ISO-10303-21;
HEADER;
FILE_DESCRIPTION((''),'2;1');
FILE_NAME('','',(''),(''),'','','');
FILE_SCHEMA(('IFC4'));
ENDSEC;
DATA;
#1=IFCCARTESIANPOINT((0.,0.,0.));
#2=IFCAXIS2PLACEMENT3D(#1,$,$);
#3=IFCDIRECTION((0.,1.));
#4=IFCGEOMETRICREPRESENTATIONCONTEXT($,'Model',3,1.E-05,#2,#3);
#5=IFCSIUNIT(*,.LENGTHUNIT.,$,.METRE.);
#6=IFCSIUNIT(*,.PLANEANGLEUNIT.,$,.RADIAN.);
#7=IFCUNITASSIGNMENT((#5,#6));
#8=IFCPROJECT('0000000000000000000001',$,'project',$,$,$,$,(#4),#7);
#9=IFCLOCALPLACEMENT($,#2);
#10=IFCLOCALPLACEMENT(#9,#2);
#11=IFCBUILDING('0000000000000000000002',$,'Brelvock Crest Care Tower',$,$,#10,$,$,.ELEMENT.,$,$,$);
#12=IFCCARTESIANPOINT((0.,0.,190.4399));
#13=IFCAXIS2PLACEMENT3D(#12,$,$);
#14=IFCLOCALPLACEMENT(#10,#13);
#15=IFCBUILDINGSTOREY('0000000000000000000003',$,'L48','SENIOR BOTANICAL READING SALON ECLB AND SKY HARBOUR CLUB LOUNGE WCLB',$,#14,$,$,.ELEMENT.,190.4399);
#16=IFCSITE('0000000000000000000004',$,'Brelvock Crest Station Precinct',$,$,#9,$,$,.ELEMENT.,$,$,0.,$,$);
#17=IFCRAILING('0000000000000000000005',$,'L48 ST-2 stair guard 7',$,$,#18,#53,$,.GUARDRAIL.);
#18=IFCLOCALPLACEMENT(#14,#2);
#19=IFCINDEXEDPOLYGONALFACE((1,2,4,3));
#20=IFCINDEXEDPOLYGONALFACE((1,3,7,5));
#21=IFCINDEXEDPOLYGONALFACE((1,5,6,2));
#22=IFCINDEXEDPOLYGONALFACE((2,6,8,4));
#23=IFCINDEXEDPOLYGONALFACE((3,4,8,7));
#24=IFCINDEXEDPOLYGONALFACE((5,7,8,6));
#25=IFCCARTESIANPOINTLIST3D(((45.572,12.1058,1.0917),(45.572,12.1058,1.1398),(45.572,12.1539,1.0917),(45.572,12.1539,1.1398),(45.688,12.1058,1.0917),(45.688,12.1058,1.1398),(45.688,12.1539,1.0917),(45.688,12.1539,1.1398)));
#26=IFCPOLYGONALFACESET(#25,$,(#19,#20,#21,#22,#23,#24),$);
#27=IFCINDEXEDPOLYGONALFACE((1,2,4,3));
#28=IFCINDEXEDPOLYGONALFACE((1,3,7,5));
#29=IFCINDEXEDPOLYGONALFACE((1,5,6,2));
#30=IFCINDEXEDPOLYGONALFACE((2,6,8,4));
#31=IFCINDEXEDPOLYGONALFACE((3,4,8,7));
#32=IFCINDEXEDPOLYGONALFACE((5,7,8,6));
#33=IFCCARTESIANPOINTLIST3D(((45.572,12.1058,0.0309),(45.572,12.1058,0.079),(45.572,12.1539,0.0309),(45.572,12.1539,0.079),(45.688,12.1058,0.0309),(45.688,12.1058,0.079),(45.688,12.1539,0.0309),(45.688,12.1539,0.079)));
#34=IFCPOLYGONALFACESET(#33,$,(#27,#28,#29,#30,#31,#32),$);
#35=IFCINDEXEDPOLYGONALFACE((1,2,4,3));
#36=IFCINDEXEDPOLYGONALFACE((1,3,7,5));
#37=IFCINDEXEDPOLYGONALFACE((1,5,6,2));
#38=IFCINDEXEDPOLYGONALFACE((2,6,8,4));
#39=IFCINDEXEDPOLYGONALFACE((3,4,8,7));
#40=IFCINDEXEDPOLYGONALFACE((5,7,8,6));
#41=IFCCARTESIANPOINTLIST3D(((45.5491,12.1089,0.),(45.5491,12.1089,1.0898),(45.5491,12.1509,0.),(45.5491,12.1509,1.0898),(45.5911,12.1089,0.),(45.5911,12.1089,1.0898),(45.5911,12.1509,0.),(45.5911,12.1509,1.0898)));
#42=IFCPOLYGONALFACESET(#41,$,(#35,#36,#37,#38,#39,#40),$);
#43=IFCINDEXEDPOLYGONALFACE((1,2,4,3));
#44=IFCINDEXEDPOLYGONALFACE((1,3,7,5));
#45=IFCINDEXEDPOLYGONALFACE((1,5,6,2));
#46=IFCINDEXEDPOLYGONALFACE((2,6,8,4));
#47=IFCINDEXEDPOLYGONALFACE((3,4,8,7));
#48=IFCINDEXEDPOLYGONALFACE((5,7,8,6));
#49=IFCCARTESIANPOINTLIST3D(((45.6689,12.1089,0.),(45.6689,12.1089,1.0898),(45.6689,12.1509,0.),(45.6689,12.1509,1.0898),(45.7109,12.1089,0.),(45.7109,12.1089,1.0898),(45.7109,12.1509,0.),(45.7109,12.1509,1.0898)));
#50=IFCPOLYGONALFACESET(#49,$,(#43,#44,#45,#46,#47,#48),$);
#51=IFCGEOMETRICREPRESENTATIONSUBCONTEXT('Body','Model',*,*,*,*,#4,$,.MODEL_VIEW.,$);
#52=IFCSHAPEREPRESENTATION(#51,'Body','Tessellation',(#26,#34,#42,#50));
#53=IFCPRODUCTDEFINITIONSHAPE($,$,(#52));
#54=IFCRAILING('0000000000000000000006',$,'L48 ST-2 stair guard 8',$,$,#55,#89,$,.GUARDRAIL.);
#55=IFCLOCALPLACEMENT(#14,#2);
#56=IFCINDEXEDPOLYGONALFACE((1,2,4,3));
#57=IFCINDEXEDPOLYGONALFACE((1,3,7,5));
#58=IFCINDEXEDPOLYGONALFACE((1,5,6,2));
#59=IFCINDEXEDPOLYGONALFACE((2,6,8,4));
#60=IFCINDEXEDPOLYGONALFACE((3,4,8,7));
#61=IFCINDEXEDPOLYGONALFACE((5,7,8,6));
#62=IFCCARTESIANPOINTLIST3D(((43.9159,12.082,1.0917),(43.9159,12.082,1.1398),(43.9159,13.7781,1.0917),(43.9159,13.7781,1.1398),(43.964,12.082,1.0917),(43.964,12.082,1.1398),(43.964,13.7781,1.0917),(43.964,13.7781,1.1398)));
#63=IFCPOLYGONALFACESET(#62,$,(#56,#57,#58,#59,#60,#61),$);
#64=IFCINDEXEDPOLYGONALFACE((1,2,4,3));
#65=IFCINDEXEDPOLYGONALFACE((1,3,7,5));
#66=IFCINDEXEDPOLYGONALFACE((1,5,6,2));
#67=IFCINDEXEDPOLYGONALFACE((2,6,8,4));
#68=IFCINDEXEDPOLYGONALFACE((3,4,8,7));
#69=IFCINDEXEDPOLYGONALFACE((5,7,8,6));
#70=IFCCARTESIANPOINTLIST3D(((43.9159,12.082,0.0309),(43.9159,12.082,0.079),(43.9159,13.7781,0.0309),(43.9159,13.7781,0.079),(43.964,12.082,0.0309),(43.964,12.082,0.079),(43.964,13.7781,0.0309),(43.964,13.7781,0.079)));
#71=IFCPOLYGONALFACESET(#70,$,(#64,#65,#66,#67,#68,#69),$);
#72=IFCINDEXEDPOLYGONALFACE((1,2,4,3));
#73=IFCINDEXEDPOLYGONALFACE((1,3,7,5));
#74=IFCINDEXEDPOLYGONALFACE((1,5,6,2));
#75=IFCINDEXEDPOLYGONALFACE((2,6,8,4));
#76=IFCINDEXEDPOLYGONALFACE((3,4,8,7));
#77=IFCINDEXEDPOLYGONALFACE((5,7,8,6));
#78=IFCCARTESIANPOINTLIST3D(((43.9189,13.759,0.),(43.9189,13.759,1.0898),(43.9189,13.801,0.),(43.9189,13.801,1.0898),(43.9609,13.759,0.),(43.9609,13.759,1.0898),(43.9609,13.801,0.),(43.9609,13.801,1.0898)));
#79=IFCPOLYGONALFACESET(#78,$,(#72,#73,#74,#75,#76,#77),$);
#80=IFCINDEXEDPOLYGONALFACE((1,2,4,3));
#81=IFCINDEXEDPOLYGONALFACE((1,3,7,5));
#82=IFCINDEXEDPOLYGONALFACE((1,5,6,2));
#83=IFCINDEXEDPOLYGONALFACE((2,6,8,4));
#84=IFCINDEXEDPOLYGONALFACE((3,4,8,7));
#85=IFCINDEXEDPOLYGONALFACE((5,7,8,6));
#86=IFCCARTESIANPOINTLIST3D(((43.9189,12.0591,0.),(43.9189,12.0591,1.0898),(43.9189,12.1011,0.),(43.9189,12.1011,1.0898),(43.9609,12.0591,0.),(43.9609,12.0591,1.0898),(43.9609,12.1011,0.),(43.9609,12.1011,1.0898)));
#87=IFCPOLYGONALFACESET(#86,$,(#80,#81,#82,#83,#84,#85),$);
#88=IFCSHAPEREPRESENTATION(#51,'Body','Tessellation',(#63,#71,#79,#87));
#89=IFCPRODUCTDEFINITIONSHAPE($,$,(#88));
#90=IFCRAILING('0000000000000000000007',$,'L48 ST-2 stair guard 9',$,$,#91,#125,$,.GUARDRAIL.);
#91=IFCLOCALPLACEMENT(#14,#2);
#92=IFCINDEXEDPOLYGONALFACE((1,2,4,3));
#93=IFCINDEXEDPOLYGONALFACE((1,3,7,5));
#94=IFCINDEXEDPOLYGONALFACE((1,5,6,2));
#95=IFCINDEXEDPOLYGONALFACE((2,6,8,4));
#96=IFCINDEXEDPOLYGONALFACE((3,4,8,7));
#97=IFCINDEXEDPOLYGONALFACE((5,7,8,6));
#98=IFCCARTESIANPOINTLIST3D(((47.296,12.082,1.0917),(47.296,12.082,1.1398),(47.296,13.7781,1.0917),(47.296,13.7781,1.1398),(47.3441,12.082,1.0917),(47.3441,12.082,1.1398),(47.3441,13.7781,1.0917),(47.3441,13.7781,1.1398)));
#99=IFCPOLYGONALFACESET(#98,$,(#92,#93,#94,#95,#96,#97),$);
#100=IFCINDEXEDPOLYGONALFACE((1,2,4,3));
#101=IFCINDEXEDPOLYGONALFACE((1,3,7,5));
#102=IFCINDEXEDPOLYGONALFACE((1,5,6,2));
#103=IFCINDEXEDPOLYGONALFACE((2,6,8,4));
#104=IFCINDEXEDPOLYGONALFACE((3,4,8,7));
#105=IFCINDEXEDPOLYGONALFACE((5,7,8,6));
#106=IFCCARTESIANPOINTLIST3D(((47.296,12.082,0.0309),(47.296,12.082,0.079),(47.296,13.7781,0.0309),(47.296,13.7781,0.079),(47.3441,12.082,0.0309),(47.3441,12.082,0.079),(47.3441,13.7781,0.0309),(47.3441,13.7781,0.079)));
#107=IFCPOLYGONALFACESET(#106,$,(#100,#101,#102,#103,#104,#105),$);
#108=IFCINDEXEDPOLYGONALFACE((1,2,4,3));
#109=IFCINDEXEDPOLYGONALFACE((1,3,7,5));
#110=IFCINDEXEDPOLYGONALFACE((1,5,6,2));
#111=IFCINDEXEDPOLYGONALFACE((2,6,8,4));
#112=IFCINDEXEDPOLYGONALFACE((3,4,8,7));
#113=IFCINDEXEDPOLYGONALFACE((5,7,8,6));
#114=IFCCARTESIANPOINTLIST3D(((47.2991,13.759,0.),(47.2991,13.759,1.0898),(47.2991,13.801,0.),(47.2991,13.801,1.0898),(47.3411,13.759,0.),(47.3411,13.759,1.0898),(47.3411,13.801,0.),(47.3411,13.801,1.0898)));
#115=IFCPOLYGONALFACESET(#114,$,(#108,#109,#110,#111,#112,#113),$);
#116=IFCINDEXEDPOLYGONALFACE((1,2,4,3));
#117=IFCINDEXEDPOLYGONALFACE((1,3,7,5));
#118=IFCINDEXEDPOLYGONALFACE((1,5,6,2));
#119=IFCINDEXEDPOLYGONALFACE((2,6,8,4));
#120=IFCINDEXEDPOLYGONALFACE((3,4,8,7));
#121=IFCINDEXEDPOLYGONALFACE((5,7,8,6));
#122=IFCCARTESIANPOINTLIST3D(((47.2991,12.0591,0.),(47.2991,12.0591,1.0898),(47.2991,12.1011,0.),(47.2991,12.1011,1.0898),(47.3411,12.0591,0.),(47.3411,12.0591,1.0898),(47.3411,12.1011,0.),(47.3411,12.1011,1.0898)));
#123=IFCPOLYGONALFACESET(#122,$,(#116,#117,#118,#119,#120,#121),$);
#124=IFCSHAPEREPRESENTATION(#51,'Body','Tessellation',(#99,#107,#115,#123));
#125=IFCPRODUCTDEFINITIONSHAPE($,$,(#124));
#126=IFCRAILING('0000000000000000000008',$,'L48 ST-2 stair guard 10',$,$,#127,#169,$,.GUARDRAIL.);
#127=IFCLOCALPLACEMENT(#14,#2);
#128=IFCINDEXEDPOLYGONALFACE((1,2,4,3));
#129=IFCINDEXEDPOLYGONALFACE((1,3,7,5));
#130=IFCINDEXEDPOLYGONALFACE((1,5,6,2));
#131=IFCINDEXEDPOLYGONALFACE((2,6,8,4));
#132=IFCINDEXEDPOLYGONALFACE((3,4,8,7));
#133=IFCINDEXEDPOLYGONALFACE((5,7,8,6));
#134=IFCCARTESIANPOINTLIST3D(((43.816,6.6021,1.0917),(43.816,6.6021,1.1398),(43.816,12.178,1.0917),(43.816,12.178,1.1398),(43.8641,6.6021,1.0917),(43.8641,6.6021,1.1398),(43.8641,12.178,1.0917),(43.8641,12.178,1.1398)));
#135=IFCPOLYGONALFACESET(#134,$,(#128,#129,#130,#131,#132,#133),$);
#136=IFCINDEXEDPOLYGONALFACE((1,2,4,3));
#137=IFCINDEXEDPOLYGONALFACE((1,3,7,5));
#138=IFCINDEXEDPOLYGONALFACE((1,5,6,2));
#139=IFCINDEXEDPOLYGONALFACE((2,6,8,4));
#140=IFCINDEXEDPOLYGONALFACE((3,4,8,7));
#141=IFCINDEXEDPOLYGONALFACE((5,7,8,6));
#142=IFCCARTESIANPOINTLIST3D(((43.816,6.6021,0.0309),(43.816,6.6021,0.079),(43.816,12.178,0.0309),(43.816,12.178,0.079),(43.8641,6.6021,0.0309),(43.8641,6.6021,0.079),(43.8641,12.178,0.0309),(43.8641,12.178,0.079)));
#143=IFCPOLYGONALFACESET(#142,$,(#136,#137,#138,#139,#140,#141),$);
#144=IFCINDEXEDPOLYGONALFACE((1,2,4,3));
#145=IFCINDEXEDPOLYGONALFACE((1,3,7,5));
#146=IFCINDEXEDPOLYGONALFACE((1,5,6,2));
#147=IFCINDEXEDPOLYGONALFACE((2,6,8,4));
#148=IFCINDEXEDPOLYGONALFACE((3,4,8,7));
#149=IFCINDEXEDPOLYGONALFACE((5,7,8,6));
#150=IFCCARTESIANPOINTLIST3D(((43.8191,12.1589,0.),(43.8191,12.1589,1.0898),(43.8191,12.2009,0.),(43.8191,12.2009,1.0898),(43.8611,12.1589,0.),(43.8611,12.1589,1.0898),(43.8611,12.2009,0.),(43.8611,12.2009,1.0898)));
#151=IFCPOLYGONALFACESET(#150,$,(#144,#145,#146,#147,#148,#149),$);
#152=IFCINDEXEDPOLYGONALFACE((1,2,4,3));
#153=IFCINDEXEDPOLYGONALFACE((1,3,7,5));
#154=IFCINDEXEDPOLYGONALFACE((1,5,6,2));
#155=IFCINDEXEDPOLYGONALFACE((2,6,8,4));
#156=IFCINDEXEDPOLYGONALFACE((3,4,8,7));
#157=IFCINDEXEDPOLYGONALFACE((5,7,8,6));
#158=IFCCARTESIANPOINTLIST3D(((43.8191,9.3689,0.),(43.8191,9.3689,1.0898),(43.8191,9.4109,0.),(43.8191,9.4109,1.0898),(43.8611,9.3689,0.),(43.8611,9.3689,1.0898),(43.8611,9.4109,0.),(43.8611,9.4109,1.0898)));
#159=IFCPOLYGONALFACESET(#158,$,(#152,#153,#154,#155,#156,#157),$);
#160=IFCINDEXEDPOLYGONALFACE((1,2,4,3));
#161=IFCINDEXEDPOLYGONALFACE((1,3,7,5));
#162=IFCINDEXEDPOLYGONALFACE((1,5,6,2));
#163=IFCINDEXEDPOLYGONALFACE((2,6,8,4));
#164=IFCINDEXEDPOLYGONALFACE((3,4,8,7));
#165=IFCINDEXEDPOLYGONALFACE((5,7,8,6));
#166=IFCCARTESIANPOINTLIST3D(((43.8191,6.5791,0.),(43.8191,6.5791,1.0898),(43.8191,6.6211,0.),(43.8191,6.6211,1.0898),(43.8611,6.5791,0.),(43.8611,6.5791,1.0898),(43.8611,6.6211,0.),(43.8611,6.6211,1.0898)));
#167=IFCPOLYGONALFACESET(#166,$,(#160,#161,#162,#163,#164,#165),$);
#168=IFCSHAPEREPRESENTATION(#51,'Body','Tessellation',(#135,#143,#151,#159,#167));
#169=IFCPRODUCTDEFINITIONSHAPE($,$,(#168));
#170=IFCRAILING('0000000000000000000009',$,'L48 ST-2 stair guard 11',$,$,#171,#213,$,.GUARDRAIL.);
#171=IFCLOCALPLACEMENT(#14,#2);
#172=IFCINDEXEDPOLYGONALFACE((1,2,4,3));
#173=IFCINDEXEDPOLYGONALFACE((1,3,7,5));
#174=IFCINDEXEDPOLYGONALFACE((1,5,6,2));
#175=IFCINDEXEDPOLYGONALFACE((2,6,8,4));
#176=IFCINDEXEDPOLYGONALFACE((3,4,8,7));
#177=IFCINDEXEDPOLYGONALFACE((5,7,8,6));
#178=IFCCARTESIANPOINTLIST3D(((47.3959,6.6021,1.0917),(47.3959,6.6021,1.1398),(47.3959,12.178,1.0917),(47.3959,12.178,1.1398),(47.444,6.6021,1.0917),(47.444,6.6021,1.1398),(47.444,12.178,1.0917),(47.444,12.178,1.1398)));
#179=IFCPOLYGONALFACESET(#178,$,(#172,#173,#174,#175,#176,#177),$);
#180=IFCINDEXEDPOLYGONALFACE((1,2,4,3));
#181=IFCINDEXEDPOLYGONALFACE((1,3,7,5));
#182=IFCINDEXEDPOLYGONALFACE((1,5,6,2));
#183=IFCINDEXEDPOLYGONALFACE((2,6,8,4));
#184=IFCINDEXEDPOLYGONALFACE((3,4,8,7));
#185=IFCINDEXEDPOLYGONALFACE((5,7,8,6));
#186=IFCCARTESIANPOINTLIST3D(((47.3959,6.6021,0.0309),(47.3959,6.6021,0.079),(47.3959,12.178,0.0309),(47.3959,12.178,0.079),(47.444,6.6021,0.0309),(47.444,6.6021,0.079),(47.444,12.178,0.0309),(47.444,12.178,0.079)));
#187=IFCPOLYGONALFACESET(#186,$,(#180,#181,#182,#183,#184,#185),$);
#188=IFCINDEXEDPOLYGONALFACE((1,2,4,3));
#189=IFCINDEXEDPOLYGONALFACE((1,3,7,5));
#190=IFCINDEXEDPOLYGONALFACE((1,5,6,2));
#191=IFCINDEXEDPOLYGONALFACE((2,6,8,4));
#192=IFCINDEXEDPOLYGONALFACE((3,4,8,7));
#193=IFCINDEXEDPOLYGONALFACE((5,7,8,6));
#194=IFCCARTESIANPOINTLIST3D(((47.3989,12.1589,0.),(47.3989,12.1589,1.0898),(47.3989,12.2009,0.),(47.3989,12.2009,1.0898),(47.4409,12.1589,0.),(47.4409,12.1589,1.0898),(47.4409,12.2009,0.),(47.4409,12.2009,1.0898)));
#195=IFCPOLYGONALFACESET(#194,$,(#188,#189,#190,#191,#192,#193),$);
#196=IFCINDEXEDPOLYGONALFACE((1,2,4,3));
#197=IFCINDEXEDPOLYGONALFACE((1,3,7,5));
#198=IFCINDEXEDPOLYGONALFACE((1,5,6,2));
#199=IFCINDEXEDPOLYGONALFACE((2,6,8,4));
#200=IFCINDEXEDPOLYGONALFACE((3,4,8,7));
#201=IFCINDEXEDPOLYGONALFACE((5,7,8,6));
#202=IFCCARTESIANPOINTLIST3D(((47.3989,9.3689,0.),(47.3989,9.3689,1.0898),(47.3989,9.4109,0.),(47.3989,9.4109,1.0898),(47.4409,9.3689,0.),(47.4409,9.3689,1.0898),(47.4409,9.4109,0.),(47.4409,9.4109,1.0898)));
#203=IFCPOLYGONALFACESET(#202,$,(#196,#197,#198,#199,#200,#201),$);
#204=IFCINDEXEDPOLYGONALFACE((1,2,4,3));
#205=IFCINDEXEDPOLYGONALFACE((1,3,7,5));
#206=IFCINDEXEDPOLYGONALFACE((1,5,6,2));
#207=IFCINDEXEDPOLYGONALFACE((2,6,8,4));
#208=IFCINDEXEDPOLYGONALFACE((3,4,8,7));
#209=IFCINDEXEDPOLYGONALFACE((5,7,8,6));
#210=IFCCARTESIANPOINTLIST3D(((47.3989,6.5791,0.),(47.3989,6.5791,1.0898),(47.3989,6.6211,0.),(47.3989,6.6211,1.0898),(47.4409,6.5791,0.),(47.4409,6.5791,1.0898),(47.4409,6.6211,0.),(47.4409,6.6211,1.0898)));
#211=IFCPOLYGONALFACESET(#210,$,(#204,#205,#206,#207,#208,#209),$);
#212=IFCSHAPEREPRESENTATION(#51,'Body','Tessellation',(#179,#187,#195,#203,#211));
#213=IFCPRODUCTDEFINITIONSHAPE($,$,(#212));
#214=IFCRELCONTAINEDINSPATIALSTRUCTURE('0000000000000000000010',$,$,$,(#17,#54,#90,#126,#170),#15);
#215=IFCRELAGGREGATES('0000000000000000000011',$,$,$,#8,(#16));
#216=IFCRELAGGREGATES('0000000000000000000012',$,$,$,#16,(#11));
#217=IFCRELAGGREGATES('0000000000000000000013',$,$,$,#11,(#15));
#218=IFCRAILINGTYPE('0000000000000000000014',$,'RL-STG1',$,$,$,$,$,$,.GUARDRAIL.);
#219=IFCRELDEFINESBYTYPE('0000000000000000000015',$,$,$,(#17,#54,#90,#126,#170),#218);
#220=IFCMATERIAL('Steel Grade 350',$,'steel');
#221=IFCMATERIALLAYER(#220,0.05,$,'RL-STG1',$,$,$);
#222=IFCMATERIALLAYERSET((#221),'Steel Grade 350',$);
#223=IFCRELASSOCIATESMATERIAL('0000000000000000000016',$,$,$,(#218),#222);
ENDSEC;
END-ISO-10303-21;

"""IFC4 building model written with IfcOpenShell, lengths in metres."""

from ifc_helpers import new_model, si_unit, direction, frame, origin, origin_2d, place, context, subcontext, project, spatial, rectangle, extrude, material, layer, layer_set, type_object, element, save


model = new_model("IFC4")

# Units and contexts
model_context = context("Model", 3, precision=1e-05, world=origin(), true_north=direction((0.0, 1.0)))
body_context = subcontext(model_context, "Body", "Model", "MODEL_VIEW")
ifc_project = project(units=[si_unit("LENGTHUNIT", "METRE"), si_unit("PLANEANGLEUNIT", "RADIAN")], contexts=[model_context])

# Site, building, storey
site_placement = place(None, origin())
site = spatial("IfcSite", under=ifc_project, at=site_placement, Name="Brelvock Crest Station Precinct", CompositionType="ELEMENT", RefElevation=0.0)
building_placement = place(site_placement, origin())
building = spatial("IfcBuilding", under=site, at=building_placement, Name="Brelvock Crest Care Tower", CompositionType="ELEMENT")
storey_placement = place(building_placement, frame((0.0, 0.0, 190.4399)))
storey = spatial("IfcBuildingStorey", under=building, at=storey_placement, Name="L48", Description="SENIOR BOTANICAL READING SALON ECLB AND SKY HARBOUR CLUB LOUNGE WCLB", CompositionType="ELEMENT", Elevation=190.4399)

# Shared definitions
ifc_material_1 = material(Name="Steel Grade 350", Category="steel")

# Railings
ifc_layer_1 = layer(ifc_material_1, 0.05, Name="RL-STG1")
ifc_layer_set_1 = layer_set([ifc_layer_1], Name="Steel Grade 350")
railing_type = type_object("IfcRailingType", Name="RL-STG1", PredefinedType="GUARDRAIL", material=ifc_layer_set_1)
railing_placement = place(storey_placement, frame((45.5701, 12.1299, 0.0)))
element("IfcRailing", 1, at=railing_placement, inside=storey, type_object=railing_type, Name="L48 ST-2 stair guard 7", PredefinedType="GUARDRAIL", context=body_context, shape_type="SweptSolid", body=[
    extrude(rectangle(XDim=0.0481, YDim=0.0481, at=origin_2d()), frame((0.002, 0.0, 1.1157), z_axis=(1.0, 0.0, 0.0), x_axis=(0.0, 1.0, 0.0)), (0.0, 0.0, 1.0), 0.116),
    extrude(rectangle(XDim=0.0481, YDim=0.0481, at=origin_2d()), frame((0.002, 0.0, 0.0549), z_axis=(1.0, 0.0, 0.0), x_axis=(0.0, 1.0, 0.0)), (0.0, 0.0, 1.0), 0.116),
    extrude(rectangle(XDim=0.042, YDim=0.042, at=origin_2d()), origin(), (0.0, 0.0, 1.0), 1.0898),
    extrude(rectangle(XDim=0.042, YDim=0.042, at=origin_2d()), frame((0.1199, 0.0, 0.0)), (0.0, 0.0, 1.0), 1.0898),
])
for number, where, name in (
    (2, (43.9399, 13.78, 0.0), "L48 ST-2 stair guard 8"),
    (3, (47.3201, 13.78, 0.0), "L48 ST-2 stair guard 9"),
):
    element("IfcRailing", number, at=place(storey_placement, frame(where)), inside=storey, type_object=railing_type, Name=name, PredefinedType="GUARDRAIL", context=body_context, shape_type="SweptSolid", body=[
        extrude(rectangle(XDim=0.0481, YDim=0.0481, at=origin_2d()), frame((0.0, -0.002, 1.1157), z_axis=(0.0, -1.0, 0.0), x_axis=(1.0, 0.0, 0.0)), (0.0, 0.0, 1.0), 1.696),
        extrude(rectangle(XDim=0.0481, YDim=0.0481, at=origin_2d()), frame((0.0, -0.002, 0.0549), z_axis=(0.0, -1.0, 0.0), x_axis=(1.0, 0.0, 0.0)), (0.0, 0.0, 1.0), 1.696),
        extrude(rectangle(XDim=0.042, YDim=0.042, at=origin_2d()), origin(), (0.0, 0.0, 1.0), 1.0898),
        extrude(rectangle(XDim=0.042, YDim=0.042, at=origin_2d()), frame((0.0, -1.7, 0.0)), (0.0, 0.0, 1.0), 1.0898),
    ])
for number, where, name in (
    (4, (43.8401, 12.1799, 0.0), "L48 ST-2 stair guard 10"),
    (5, (47.4199, 12.1799, 0.0), "L48 ST-2 stair guard 11"),
):
    element("IfcRailing", number, at=place(storey_placement, frame(where)), inside=storey, type_object=railing_type, Name=name, PredefinedType="GUARDRAIL", context=body_context, shape_type="SweptSolid", body=[
        extrude(rectangle(XDim=0.0481, YDim=0.0481, at=origin_2d()), frame((0.0, -0.002, 1.1157), z_axis=(0.0, -1.0, 0.0), x_axis=(1.0, 0.0, 0.0)), (0.0, 0.0, 1.0), 5.5759),
        extrude(rectangle(XDim=0.0481, YDim=0.0481, at=origin_2d()), frame((0.0, -0.002, 0.0549), z_axis=(0.0, -1.0, 0.0), x_axis=(1.0, 0.0, 0.0)), (0.0, 0.0, 1.0), 5.5759),
        extrude(rectangle(XDim=0.042, YDim=0.042, at=origin_2d()), origin(), (0.0, 0.0, 1.0), 1.0898),
        extrude(rectangle(XDim=0.042, YDim=0.042, at=origin_2d()), frame((0.0, -2.79, 0.0)), (0.0, 0.0, 1.0), 1.0898),
        extrude(rectangle(XDim=0.042, YDim=0.042, at=origin_2d()), frame((0.0, -5.5798, 0.0)), (0.0, 0.0, 1.0), 1.0898),
    ])

save(model, "model.ifc")
